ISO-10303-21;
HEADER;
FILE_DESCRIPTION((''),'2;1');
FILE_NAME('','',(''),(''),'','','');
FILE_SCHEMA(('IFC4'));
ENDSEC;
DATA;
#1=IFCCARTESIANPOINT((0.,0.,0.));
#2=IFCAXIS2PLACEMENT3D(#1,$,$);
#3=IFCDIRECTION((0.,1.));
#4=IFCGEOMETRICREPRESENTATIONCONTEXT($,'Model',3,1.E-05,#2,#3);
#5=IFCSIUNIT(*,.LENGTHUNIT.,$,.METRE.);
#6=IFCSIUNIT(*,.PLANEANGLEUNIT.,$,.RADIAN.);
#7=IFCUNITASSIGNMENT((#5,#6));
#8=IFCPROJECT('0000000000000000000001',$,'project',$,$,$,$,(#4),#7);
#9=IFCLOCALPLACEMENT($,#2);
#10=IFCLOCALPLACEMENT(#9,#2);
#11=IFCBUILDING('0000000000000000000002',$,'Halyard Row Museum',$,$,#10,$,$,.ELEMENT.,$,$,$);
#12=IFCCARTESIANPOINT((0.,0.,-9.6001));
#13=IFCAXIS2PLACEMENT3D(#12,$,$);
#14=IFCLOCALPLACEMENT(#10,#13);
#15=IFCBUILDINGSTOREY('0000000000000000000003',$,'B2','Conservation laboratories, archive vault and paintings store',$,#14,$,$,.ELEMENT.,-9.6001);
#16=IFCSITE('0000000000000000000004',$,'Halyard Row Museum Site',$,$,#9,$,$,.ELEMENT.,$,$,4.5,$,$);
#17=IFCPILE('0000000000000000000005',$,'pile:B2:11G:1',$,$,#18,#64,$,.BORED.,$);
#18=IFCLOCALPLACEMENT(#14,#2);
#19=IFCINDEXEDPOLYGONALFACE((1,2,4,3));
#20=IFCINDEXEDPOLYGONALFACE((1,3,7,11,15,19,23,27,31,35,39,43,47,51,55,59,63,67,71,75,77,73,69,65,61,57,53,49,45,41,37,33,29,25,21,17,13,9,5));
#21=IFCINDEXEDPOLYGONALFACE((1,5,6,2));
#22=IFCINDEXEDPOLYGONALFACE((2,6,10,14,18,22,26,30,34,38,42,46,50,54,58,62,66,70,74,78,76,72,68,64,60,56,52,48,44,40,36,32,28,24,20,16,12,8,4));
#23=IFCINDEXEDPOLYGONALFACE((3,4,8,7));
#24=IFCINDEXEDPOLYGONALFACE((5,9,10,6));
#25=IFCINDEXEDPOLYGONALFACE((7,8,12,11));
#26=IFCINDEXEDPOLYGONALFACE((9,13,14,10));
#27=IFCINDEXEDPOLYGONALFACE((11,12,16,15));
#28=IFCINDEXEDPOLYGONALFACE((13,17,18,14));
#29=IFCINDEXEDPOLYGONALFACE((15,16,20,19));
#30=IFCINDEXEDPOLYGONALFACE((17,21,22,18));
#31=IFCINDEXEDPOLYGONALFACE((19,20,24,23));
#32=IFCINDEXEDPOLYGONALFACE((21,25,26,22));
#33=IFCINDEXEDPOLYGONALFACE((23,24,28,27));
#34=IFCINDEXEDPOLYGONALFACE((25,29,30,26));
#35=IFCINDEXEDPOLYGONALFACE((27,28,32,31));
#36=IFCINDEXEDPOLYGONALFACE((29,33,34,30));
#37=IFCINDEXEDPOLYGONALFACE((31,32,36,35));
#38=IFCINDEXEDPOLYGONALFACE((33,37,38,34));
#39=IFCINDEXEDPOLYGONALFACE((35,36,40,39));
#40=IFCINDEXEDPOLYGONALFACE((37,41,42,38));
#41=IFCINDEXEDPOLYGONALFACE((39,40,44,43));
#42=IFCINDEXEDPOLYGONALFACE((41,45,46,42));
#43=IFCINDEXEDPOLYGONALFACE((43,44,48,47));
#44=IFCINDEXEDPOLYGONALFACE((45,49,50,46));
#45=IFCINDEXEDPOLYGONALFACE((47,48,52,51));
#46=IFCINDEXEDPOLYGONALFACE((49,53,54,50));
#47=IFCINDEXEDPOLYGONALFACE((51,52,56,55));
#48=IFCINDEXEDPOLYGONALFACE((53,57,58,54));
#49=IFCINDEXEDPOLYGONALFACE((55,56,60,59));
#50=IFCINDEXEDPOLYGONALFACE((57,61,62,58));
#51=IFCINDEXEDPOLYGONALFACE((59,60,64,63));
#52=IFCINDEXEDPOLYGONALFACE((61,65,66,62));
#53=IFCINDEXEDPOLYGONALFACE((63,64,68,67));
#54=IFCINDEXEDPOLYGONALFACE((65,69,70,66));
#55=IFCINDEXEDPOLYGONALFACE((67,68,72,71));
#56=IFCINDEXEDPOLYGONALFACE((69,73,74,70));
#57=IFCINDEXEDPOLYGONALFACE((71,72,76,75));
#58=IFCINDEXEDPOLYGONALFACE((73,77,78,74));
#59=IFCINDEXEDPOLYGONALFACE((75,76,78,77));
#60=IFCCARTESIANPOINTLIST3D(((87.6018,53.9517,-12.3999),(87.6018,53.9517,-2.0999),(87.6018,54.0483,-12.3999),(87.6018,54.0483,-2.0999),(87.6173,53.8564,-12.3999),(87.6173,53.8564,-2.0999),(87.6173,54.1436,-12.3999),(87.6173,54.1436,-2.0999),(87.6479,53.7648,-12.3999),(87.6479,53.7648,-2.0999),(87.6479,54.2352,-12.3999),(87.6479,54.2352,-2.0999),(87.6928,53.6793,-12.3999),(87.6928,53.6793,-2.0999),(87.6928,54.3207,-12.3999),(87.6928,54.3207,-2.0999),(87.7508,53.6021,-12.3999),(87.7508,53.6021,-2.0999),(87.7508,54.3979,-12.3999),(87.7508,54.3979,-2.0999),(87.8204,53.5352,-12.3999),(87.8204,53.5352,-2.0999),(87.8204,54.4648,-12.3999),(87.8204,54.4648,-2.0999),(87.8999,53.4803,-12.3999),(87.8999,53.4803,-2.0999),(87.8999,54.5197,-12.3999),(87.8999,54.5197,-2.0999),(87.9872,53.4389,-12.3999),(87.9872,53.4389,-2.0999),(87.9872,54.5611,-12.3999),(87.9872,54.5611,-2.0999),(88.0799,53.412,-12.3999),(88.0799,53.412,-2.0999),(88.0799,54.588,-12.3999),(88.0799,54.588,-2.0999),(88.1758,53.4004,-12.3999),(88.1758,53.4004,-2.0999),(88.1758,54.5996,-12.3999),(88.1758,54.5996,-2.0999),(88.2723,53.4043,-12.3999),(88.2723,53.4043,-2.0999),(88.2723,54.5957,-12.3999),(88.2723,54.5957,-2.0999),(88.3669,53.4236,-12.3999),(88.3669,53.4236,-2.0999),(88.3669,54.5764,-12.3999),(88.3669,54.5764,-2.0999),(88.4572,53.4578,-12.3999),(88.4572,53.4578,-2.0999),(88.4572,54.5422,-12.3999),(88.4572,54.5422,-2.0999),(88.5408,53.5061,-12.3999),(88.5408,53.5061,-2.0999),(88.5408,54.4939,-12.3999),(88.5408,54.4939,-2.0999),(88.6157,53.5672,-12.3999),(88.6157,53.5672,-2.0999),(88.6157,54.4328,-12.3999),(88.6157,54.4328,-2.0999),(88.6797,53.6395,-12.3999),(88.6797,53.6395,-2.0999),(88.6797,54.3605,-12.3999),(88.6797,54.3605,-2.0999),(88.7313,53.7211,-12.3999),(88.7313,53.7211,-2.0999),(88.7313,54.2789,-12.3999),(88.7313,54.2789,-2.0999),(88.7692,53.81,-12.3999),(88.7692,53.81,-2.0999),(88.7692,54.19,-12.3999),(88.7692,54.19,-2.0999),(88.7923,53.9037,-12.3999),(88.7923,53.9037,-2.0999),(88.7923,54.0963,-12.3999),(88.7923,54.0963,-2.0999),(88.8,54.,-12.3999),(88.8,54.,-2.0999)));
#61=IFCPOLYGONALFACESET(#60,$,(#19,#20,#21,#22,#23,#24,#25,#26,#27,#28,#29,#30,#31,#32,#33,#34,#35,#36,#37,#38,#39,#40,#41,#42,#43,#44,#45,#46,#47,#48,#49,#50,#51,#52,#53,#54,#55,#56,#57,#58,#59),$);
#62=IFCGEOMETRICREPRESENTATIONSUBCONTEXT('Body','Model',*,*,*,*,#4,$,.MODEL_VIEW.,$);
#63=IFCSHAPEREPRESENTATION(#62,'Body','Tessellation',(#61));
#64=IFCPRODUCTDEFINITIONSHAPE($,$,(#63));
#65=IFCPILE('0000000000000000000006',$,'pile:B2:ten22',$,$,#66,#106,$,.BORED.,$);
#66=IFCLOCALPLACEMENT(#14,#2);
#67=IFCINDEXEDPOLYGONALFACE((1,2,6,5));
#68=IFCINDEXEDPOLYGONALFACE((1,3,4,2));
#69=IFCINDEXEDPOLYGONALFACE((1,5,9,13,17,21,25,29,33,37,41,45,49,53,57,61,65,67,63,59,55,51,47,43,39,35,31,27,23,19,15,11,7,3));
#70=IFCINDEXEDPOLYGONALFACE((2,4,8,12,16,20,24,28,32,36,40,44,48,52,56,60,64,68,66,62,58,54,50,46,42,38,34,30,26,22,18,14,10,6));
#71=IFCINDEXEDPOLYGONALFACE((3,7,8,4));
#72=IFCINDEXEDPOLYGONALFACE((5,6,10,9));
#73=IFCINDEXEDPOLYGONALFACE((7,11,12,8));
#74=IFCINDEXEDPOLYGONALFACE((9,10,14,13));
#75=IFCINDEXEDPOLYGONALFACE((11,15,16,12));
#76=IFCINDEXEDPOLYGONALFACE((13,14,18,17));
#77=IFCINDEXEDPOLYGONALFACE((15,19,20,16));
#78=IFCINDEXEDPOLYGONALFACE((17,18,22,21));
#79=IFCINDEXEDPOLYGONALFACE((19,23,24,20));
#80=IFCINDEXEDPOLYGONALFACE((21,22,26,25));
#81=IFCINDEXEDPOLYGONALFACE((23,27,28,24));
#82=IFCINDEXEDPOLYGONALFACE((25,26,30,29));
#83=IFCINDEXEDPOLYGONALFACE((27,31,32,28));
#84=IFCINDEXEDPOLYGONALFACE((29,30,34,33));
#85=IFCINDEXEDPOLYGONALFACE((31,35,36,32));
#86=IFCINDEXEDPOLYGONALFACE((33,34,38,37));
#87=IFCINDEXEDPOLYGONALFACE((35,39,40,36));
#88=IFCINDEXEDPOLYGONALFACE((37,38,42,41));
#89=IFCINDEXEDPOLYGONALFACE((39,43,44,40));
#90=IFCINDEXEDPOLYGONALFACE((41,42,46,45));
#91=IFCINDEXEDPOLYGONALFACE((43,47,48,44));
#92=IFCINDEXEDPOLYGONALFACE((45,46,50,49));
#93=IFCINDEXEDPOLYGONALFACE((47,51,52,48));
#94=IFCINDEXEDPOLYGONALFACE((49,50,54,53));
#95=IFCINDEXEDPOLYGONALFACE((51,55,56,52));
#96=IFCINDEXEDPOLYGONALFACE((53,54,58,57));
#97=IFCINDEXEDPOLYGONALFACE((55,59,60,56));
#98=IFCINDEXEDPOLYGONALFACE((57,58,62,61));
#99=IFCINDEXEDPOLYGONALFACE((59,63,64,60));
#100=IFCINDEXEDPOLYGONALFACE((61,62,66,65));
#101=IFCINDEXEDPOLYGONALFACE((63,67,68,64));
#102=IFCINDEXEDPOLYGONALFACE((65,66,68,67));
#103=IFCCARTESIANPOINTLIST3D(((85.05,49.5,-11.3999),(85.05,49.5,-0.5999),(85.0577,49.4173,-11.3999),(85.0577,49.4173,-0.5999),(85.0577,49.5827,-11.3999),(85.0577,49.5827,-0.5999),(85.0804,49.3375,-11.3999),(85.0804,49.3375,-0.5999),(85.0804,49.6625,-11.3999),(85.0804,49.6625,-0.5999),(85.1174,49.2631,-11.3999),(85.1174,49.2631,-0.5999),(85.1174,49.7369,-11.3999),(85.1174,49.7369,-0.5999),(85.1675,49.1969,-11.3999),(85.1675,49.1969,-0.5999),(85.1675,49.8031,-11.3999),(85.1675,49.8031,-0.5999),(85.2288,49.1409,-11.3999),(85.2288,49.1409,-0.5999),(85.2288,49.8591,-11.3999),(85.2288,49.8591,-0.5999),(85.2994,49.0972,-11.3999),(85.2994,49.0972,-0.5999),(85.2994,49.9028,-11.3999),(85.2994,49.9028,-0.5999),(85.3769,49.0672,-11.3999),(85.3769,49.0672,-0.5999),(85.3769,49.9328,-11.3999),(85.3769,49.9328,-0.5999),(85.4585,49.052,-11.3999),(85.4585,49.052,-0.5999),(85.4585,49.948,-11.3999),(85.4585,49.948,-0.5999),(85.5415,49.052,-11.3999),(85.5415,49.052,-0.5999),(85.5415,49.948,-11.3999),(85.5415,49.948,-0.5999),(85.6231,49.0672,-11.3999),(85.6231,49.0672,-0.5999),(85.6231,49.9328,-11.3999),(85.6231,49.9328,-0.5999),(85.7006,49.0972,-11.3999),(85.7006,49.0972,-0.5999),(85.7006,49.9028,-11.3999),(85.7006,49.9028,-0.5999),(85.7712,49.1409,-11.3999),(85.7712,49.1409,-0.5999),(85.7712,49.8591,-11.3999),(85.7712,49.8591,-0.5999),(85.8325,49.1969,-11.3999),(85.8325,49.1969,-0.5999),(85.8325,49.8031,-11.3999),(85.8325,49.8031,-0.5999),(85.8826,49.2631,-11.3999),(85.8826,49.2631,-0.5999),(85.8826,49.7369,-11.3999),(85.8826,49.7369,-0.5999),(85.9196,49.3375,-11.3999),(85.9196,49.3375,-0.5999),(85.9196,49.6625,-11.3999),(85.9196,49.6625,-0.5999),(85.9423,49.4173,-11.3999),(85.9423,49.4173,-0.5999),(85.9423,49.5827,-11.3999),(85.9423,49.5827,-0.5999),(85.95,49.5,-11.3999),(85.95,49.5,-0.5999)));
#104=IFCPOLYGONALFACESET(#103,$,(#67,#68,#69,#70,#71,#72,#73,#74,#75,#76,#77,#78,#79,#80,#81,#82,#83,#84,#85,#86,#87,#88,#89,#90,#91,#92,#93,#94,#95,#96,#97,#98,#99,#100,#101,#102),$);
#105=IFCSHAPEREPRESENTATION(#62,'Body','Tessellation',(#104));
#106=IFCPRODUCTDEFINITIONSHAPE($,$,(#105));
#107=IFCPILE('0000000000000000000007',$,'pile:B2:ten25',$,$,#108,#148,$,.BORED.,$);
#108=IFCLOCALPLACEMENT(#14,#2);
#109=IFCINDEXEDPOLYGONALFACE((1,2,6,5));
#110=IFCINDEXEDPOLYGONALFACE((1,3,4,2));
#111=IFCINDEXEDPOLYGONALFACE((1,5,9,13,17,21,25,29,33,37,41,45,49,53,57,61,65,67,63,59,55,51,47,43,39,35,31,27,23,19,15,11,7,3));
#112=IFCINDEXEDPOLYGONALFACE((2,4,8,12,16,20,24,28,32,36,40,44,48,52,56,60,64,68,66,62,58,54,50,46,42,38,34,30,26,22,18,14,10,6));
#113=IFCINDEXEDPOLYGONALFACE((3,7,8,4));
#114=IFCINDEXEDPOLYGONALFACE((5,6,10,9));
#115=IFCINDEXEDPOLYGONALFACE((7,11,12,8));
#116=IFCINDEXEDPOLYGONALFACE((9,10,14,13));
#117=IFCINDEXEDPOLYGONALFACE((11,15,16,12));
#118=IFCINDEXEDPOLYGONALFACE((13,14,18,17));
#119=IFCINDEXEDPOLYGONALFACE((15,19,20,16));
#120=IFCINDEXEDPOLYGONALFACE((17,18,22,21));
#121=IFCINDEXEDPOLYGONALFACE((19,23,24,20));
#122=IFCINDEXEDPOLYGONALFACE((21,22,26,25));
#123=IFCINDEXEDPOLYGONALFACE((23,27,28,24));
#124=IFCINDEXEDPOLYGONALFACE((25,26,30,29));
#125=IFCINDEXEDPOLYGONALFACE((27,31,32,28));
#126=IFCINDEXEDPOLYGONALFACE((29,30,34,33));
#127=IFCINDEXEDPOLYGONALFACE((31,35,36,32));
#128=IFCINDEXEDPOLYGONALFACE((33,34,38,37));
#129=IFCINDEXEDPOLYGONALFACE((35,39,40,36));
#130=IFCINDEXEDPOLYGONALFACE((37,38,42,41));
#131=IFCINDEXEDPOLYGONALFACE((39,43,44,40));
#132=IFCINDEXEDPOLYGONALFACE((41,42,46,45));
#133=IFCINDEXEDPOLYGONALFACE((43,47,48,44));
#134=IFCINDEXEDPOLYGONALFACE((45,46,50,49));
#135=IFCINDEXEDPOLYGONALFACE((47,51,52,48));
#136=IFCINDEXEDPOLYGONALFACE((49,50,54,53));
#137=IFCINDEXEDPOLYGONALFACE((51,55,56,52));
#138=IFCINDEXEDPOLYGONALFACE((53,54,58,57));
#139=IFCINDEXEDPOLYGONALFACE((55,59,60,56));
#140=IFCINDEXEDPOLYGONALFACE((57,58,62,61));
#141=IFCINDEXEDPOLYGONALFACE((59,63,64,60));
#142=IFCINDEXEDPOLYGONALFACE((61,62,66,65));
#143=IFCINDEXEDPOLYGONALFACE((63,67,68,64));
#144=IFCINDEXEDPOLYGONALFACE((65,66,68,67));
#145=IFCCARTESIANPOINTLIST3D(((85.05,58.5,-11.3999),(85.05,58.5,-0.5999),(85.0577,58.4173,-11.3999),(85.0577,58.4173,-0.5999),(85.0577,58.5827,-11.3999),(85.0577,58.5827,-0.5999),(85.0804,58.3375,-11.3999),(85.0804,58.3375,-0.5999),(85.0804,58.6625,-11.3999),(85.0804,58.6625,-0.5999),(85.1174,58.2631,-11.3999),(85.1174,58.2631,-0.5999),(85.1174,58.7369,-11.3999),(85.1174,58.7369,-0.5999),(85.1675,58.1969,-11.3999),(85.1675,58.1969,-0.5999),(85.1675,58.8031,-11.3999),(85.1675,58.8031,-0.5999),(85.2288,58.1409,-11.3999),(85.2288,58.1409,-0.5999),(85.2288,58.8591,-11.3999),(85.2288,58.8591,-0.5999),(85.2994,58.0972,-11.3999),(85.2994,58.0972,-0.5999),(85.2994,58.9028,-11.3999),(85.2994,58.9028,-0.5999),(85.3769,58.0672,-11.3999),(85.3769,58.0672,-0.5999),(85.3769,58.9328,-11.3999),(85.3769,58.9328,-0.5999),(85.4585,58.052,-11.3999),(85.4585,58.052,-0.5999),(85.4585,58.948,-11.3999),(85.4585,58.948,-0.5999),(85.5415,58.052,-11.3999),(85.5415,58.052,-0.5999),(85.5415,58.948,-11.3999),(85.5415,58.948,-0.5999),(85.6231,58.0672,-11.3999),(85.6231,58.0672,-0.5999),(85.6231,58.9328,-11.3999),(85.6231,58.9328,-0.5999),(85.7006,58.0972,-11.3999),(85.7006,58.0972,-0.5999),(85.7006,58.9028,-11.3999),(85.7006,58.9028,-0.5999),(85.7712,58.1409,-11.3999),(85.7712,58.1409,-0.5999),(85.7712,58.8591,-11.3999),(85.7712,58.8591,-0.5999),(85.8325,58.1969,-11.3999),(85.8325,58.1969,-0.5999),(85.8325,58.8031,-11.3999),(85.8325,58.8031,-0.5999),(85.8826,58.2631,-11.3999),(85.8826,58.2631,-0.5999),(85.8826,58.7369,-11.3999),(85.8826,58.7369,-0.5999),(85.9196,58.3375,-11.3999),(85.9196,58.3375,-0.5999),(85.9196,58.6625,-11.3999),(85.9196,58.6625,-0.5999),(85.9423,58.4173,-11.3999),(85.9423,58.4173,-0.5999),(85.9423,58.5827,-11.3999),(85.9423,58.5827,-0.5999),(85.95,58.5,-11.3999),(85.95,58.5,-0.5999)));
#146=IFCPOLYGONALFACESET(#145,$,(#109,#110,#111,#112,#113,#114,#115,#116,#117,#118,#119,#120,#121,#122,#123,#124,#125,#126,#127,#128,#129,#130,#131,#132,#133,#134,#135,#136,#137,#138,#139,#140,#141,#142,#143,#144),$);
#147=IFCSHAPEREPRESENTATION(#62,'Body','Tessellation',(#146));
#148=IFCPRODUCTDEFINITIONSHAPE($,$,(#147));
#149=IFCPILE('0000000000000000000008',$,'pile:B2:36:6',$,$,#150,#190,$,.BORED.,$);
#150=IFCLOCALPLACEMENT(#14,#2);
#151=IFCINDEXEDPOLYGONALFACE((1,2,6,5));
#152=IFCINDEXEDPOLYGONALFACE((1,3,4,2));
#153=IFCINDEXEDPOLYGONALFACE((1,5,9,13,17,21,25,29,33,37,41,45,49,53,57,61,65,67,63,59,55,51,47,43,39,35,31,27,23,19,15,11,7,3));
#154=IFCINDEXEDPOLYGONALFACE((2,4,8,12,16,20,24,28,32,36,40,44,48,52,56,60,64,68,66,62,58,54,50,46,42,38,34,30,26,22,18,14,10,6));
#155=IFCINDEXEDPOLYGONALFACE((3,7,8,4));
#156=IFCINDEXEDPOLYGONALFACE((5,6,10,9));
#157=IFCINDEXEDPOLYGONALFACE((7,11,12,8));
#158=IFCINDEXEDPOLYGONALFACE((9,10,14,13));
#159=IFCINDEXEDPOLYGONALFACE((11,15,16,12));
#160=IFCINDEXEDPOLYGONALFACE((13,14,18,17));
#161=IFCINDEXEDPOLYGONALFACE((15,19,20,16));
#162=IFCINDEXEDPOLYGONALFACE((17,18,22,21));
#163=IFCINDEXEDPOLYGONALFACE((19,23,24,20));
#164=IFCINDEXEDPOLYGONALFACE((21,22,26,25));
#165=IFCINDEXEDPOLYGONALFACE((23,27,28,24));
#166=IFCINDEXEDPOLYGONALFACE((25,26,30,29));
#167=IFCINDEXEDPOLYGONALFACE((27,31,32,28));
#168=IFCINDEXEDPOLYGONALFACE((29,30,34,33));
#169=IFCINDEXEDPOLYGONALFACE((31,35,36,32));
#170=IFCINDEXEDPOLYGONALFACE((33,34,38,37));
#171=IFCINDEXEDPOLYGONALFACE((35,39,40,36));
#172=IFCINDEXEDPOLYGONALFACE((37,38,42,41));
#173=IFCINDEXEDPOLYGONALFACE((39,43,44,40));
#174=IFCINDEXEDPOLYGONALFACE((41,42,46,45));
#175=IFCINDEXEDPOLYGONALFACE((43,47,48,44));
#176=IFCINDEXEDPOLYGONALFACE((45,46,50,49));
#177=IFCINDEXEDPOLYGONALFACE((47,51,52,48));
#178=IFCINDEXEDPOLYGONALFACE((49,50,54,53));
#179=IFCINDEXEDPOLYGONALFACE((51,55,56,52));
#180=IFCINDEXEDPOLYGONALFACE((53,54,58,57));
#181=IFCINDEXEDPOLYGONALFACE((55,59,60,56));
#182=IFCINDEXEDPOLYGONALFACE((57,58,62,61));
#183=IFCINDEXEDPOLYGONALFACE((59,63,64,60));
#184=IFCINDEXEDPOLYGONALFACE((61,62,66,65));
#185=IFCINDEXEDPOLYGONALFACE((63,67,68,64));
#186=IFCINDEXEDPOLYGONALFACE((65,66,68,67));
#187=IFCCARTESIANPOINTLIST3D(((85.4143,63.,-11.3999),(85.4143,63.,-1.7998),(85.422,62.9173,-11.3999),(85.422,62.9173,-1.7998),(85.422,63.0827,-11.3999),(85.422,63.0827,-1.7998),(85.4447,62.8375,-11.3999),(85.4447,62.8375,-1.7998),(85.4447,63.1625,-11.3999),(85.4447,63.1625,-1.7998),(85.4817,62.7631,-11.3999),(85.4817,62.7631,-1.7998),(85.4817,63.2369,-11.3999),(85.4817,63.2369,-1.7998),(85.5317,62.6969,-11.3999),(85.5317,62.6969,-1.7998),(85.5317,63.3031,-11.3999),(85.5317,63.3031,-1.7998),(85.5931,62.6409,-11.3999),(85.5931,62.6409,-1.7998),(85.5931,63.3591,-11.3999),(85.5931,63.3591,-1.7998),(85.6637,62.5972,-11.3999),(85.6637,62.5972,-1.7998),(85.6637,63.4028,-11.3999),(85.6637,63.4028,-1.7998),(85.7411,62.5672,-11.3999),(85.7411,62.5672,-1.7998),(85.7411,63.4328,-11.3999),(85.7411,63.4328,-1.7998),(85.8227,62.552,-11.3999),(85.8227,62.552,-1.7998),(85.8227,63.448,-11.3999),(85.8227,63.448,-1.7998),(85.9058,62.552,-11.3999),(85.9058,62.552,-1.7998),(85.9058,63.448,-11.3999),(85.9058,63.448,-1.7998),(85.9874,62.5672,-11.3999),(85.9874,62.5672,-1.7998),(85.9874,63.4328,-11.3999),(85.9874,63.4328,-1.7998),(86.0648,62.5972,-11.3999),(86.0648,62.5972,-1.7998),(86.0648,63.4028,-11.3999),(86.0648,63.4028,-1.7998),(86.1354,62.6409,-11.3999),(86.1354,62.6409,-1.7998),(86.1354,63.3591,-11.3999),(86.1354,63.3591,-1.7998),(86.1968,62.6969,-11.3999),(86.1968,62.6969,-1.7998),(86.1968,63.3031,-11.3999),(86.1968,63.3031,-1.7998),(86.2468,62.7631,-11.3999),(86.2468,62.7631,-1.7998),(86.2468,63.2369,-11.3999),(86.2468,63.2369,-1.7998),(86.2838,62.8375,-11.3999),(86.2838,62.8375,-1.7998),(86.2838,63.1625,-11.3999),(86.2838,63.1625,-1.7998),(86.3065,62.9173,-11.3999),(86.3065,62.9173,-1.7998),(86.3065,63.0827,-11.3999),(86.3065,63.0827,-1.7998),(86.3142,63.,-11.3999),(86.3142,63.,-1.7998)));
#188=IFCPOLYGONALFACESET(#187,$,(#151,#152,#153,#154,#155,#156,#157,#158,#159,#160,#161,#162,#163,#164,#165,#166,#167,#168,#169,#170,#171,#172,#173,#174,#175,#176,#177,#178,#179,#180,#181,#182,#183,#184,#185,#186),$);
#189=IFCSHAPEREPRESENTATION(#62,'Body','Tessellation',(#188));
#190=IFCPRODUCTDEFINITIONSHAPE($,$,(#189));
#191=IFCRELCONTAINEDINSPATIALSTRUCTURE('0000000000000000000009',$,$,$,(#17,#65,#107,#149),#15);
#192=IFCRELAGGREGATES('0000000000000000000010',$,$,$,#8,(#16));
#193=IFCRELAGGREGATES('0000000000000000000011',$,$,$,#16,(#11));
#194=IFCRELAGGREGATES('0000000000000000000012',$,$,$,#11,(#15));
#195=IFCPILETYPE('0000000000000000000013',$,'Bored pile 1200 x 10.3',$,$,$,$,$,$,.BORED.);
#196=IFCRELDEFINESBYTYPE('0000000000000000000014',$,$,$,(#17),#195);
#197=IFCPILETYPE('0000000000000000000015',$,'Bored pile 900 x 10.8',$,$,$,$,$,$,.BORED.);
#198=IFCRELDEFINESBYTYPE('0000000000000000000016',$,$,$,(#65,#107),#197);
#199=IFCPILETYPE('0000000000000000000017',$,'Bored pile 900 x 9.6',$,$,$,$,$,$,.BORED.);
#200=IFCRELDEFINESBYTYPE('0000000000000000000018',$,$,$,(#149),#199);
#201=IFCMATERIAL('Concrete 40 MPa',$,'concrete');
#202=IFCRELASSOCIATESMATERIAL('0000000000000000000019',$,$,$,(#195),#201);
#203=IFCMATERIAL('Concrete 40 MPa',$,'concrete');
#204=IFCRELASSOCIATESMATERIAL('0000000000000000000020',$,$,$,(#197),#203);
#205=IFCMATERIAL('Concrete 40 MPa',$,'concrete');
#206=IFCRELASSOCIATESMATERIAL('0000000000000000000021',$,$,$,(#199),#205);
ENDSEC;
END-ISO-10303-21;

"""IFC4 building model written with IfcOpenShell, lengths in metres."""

from ifc_helpers import new_model, si_unit, direction, frame, origin, origin_2d, place, context, subcontext, project, spatial, circle, extrude, material, material_profile, profile_set, type_object, element, save


model = new_model("IFC4")

# Units and contexts
model_context = context("Model", 3, precision=1e-05, world=origin(), true_north=direction((0.0, 1.0)))
body_context = subcontext(model_context, "Body", "Model", "MODEL_VIEW")
ifc_project = project(units=[si_unit("LENGTHUNIT", "METRE"), si_unit("PLANEANGLEUNIT", "RADIAN")], contexts=[model_context])

# Site, building, storey
site_placement = place(None, origin())
site = spatial("IfcSite", under=ifc_project, at=site_placement, Name="Halyard Row Museum Site", CompositionType="ELEMENT", RefElevation=4.5)
building_placement = place(site_placement, origin())
building = spatial("IfcBuilding", under=site, at=building_placement, Name="Halyard Row Museum", CompositionType="ELEMENT")
storey_placement = place(building_placement, frame((0.0, 0.0, -9.6001)))
storey = spatial("IfcBuildingStorey", under=building, at=storey_placement, Name="B2", Description="Conservation laboratories, archive vault and paintings store", CompositionType="ELEMENT", Elevation=-9.6001)

# Piles
ifc_material_1 = material(Name="Concrete 40 MPa", Category="concrete")
ifc_material_profile_1 = material_profile(ifc_material_1, circle(Radius=0.6001, at=origin_2d()), Name="Bored pile 1200 x 10.3")
ifc_profile_set_1 = profile_set([ifc_material_profile_1], Name="Concrete 40 MPa")
pile_type_1 = type_object("IfcPileType", Name="Bored pile 1200 x 10.3", PredefinedType="BORED", material=ifc_profile_set_1)
pile_placement = place(storey_placement, frame((88.2, 54.0, -2.0999), z_axis=(0.0, 0.0, -1.0), x_axis=(1.0, 0.0, 0.0)))
element("IfcPile", 1, at=pile_placement, inside=storey, type_object=pile_type_1, Name="pile:B2:11G:1", PredefinedType="BORED", context=body_context, shape_type="SweptSolid", body=[
    extrude(circle(Radius=0.6001, at=origin_2d()), origin(), (0.0, 0.0, 1.0), 10.3),
])
ifc_material_2 = material(Name="Concrete 40 MPa", Category="concrete")
ifc_material_profile_2 = material_profile(ifc_material_2, circle(Radius=0.45, at=origin_2d()), Name="Bored pile 900 x 10.8")
ifc_profile_set_2 = profile_set([ifc_material_profile_2], Name="Concrete 40 MPa")
pile_type_2 = type_object("IfcPileType", Name="Bored pile 900 x 10.8", PredefinedType="BORED", material=ifc_profile_set_2)
for number, where, z_axis, x_axis, name in (
    (2, (85.5, 49.5, -0.5999), (0.0, 0.0, -1.0), (1.0, 0.0, 0.0), "pile:B2:ten22"),
    (3, (85.5, 58.5, -0.5999), (0.0, 0.0, -1.0), (1.0, 0.0, 0.0), "pile:B2:ten25"),
):
    element("IfcPile", number, at=place(storey_placement, frame(where, z_axis=z_axis, x_axis=x_axis)), inside=storey, type_object=pile_type_2, Name=name, PredefinedType="BORED", context=body_context, shape_type="SweptSolid", body=[
        extrude(circle(Radius=0.45, at=origin_2d()), origin(), (0.0, 0.0, 1.0), 10.8),
    ])
ifc_material_3 = material(Name="Concrete 40 MPa", Category="concrete")
ifc_material_profile_3 = material_profile(ifc_material_3, circle(Radius=0.45, at=origin_2d()), Name="Bored pile 900 x 9.6")
ifc_profile_set_3 = profile_set([ifc_material_profile_3], Name="Concrete 40 MPa")
pile_type_3 = type_object("IfcPileType", Name="Bored pile 900 x 9.6", PredefinedType="BORED", material=ifc_profile_set_3)
for number, where, z_axis, x_axis, name in (
    (4, (85.8643, 63.0, -1.7998), (0.0, 0.0, -1.0), (1.0, 0.0, 0.0), "pile:B2:36:6"),
):
    element("IfcPile", number, at=place(storey_placement, frame(where, z_axis=z_axis, x_axis=x_axis)), inside=storey, type_object=pile_type_3, Name=name, PredefinedType="BORED", context=body_context, shape_type="SweptSolid", body=[
        extrude(circle(Radius=0.45, at=origin_2d()), origin(), (0.0, 0.0, 1.0), 9.6001),
    ])

save(model, "model.ifc")
